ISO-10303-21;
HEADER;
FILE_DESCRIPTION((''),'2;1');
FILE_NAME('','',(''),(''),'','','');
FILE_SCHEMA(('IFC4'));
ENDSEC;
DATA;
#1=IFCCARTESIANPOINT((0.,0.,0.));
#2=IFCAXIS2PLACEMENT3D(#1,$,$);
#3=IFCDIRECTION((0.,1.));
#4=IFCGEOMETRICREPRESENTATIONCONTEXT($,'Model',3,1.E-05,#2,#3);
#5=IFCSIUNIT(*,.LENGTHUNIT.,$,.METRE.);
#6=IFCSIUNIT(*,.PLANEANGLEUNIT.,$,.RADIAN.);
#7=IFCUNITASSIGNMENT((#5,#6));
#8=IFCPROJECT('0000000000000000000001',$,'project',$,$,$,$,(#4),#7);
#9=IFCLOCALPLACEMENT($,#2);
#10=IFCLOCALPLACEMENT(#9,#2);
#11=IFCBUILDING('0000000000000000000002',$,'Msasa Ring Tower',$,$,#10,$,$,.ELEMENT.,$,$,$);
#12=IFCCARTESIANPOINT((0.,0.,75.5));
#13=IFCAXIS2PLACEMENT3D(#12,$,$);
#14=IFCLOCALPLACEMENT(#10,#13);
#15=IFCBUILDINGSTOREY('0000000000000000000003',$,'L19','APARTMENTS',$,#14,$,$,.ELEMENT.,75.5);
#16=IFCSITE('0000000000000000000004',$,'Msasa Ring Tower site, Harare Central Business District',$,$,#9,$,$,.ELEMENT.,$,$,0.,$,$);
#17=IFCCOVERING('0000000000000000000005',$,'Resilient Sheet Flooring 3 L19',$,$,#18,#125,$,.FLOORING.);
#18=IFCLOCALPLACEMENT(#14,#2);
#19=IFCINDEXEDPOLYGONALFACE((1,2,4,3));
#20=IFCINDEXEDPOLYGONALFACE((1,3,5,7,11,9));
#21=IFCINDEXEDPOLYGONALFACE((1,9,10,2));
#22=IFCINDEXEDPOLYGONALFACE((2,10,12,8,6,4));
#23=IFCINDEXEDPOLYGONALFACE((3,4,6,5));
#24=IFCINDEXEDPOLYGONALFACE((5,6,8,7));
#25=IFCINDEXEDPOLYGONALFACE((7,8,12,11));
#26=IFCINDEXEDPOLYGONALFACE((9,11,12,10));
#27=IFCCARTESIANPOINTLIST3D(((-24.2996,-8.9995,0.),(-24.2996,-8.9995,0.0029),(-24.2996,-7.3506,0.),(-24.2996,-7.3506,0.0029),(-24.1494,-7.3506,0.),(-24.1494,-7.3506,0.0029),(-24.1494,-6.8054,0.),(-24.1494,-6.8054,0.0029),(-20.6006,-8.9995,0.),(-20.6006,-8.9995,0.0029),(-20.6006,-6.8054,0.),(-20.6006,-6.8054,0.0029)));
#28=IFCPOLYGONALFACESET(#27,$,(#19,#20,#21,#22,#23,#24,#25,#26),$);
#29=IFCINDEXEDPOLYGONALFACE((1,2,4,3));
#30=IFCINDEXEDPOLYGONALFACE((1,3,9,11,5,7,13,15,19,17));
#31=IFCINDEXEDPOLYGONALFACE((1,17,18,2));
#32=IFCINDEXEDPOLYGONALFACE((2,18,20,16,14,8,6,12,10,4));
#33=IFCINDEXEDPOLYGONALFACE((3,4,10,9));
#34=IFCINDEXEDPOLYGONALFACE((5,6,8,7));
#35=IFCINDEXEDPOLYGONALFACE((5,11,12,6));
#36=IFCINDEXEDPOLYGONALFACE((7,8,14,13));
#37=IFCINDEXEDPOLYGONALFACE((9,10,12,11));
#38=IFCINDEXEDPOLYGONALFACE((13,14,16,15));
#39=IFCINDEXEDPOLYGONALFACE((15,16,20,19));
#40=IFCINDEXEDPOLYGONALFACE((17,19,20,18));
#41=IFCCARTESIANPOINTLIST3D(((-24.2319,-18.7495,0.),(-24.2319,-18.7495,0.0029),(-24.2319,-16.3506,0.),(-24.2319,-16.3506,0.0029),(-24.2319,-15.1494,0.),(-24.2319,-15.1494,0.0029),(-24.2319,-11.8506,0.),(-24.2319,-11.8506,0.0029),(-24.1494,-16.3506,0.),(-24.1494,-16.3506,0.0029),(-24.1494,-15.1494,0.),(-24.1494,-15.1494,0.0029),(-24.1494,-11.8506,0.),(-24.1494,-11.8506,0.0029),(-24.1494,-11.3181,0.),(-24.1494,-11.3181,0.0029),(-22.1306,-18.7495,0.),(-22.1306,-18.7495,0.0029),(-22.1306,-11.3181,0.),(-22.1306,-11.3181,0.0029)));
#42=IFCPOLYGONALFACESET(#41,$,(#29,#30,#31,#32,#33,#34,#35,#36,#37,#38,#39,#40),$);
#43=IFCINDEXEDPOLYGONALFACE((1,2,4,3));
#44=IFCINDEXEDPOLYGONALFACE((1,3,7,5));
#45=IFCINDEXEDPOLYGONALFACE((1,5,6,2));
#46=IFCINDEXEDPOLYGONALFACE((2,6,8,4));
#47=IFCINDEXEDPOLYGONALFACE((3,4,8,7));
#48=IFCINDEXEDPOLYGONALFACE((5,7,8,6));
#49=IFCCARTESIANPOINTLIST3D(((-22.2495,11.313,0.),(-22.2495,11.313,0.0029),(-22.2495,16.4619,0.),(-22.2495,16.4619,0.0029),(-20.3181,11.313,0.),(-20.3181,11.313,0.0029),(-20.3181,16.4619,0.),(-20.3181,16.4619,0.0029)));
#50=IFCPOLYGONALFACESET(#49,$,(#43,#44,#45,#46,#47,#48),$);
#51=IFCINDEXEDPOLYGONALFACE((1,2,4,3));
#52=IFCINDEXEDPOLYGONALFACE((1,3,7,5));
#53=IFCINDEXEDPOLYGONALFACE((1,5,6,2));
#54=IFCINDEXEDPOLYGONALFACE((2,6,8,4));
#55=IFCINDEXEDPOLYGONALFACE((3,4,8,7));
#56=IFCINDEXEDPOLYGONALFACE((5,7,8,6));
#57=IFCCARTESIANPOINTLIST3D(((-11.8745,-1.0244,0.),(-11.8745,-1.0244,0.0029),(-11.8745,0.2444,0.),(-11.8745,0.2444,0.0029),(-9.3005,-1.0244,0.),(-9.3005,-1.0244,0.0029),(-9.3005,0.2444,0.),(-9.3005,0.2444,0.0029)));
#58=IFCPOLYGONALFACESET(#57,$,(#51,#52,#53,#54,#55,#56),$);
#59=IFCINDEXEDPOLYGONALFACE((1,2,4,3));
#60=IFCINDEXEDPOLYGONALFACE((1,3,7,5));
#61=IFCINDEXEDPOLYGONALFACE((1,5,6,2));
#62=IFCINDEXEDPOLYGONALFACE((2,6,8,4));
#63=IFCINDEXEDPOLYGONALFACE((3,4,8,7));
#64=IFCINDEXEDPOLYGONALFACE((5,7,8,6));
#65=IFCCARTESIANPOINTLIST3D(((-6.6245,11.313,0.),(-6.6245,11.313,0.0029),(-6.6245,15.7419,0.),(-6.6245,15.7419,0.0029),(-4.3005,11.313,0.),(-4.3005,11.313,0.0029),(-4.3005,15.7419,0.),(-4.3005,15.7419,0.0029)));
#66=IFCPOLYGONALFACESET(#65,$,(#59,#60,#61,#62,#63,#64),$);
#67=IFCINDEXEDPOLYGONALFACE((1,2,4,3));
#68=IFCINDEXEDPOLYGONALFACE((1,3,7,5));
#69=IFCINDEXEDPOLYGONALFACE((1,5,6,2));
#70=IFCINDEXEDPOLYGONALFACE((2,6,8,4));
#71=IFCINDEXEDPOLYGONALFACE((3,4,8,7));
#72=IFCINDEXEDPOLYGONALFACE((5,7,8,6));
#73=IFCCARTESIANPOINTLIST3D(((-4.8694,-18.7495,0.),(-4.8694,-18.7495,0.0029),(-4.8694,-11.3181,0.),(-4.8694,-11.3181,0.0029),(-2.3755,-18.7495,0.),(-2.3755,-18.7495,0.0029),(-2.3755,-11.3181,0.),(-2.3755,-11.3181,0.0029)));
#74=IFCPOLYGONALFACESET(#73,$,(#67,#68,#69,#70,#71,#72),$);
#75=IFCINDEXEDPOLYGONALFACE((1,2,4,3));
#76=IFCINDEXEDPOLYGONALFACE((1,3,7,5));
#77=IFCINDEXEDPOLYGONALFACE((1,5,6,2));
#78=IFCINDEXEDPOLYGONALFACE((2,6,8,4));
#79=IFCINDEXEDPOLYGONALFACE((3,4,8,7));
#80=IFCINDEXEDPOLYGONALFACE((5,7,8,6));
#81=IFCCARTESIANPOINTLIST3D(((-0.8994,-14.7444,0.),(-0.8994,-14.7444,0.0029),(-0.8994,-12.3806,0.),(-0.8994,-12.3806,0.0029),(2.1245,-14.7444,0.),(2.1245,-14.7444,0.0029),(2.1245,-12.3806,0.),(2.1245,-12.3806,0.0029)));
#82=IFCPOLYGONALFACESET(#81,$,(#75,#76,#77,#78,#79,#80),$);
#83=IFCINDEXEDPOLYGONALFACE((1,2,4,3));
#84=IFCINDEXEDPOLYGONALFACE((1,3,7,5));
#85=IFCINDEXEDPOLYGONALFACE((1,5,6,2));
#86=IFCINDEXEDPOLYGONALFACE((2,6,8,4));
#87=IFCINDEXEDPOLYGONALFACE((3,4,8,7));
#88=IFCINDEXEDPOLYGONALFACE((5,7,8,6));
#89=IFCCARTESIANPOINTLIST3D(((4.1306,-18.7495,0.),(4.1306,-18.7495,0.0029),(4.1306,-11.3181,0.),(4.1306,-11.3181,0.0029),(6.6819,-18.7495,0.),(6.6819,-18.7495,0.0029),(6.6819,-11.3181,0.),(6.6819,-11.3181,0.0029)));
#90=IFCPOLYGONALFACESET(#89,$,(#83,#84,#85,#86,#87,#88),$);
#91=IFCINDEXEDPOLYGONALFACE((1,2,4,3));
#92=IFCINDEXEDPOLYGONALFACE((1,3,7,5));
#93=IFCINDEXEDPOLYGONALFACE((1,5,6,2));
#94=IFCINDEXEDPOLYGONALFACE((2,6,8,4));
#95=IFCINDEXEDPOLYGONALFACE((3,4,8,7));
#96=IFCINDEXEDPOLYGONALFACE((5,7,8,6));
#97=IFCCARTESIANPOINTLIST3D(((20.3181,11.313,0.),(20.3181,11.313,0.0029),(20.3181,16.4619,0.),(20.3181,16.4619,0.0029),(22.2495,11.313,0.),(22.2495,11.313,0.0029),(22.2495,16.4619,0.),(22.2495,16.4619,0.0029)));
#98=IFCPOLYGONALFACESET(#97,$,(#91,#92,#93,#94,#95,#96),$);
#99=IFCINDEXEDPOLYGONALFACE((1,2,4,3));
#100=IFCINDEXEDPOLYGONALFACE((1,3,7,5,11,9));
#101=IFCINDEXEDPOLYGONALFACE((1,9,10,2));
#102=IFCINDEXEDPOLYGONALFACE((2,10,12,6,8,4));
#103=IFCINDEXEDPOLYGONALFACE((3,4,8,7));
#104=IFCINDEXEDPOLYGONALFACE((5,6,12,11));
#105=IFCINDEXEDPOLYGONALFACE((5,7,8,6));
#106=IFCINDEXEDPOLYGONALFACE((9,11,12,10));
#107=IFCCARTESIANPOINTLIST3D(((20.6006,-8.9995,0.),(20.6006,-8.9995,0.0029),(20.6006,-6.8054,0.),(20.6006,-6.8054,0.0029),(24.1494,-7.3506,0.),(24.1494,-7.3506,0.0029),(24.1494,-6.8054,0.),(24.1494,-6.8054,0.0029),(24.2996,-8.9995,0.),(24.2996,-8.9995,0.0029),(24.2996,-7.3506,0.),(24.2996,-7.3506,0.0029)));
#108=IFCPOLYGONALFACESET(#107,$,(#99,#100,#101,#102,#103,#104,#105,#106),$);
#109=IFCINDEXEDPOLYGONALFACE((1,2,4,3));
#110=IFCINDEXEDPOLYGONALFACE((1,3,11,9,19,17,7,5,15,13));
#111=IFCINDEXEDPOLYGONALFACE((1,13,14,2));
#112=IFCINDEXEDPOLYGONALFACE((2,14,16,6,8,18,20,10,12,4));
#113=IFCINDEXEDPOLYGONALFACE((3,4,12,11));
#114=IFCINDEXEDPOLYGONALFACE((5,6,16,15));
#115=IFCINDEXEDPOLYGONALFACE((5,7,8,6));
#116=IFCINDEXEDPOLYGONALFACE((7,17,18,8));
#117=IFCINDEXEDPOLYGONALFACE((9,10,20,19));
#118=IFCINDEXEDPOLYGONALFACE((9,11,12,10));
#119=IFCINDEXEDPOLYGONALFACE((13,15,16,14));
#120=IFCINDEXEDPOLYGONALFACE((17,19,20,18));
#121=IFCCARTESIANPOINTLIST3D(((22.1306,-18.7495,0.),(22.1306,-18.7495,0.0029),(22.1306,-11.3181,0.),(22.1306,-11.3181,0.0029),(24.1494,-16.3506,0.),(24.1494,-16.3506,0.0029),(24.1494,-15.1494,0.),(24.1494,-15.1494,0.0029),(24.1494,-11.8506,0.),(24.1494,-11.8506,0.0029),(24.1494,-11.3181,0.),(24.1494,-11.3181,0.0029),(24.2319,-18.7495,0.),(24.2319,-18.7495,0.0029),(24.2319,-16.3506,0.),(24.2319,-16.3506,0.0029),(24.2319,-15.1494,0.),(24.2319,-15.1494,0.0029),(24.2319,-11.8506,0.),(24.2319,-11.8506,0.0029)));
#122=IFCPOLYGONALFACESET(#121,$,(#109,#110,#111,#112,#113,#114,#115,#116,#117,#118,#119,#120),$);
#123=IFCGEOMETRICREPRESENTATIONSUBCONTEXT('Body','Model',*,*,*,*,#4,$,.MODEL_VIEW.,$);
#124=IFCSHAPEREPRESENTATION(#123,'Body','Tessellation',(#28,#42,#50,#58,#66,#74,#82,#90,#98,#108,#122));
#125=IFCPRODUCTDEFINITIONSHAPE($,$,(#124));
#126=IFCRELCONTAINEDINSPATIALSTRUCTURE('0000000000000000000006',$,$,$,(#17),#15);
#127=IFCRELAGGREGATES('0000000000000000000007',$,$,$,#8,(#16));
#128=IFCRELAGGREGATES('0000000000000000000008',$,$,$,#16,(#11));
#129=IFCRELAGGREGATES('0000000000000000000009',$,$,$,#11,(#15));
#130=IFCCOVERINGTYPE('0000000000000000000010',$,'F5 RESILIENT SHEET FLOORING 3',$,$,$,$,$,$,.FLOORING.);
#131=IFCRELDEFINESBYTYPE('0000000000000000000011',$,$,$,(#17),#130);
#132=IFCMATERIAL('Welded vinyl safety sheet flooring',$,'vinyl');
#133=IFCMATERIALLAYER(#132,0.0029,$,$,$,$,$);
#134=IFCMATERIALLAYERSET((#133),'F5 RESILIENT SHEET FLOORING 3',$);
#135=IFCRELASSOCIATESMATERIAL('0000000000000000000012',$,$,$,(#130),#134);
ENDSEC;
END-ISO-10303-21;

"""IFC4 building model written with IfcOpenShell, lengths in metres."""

from ifc_helpers import new_model, si_unit, direction, frame, origin, place, context, subcontext, project, spatial, line, indexed_curve, outline, extrude, material, layer, layer_set, type_object, element, save


model = new_model("IFC4")

# Units and contexts
model_context = context("Model", 3, precision=1e-05, world=origin(), true_north=direction((0.0, 1.0)))
body_context = subcontext(model_context, "Body", "Model", "MODEL_VIEW")
ifc_project = project(units=[si_unit("LENGTHUNIT", "METRE"), si_unit("PLANEANGLEUNIT", "RADIAN")], contexts=[model_context])

# Site, building, storey
site_placement = place(None, origin())
site = spatial("IfcSite", under=ifc_project, at=site_placement, Name="Msasa Ring Tower site, Harare Central Business District", CompositionType="ELEMENT", RefElevation=0.0)
building_placement = place(site_placement, origin())
building = spatial("IfcBuilding", under=site, at=building_placement, Name="Msasa Ring Tower", CompositionType="ELEMENT")
storey_placement = place(building_placement, frame((0.0, 0.0, 75.5)))
storey = spatial("IfcBuildingStorey", under=building, at=storey_placement, Name="L19", Description="APARTMENTS", CompositionType="ELEMENT", Elevation=75.5)

# Covering
ifc_material_1 = material(Name="Welded vinyl safety sheet flooring", Category="vinyl")
ifc_layer_1 = layer(ifc_material_1, 0.0029)
ifc_layer_set_1 = layer_set([ifc_layer_1], Name="F5 RESILIENT SHEET FLOORING 3")
covering_type_1 = type_object("IfcCoveringType", Name="F5 RESILIENT SHEET FLOORING 3", PredefinedType="FLOORING", material=ifc_layer_set_1)
covering_1_placement = place(storey_placement, origin())
element("IfcCovering", 1, at=covering_1_placement, inside=storey, type_object=covering_type_1, Name="Resilient Sheet Flooring 3 L19", PredefinedType="FLOORING", context=body_context, shape_type="SweptSolid", body=[
    extrude(outline(indexed_curve([(-20.6006, -8.9995), (-24.2996, -8.9995), (-24.2996, -7.3506), (-24.1494, -7.3506), (-24.1494, -6.8054), (-20.6006, -6.8054)], segments=[line(1, 2, 3, 4, 5, 6, 1)], self_intersect=False)), origin(), (0.0, 0.0, 1.0), 0.0029),
    extrude(outline(indexed_curve([(-24.2319, -16.3506), (-24.1494, -16.3506), (-24.1494, -15.1494), (-24.2319, -15.1494), (-24.2319, -11.8506), (-24.1494, -11.8506), (-24.1494, -11.3181), (-22.1306, -11.3181), (-22.1306, -18.7495), (-24.2319, -18.7495)], segments=[line(1, 2, 3, 4, 5, 6, 7, 8, 9, 10, 1)], self_intersect=False)), origin(), (0.0, 0.0, 1.0), 0.0029),
    extrude(outline(indexed_curve([(-22.2495, 16.4619), (-20.3181, 16.4619), (-20.3181, 11.313), (-22.2495, 11.313)], segments=[line(1, 2, 3, 4, 1)], self_intersect=False)), origin(), (0.0, 0.0, 1.0), 0.0029),
    extrude(outline(indexed_curve([(-9.3005, 0.2444), (-9.3005, -1.0244), (-11.8745, -1.0244), (-11.8745, 0.2444)], segments=[line(1, 2, 3, 4, 1)], self_intersect=False)), origin(), (0.0, 0.0, 1.0), 0.0029),
    extrude(outline(indexed_curve([(-4.3005, 15.7419), (-4.3005, 11.313), (-6.6245, 11.313), (-6.6245, 15.7419)], segments=[line(1, 2, 3, 4, 1)], self_intersect=False)), origin(), (0.0, 0.0, 1.0), 0.0029),
    extrude(outline(indexed_curve([(-4.8694, -11.3181), (-2.3755, -11.3181), (-2.3755, -18.7495), (-4.8694, -18.7495)], segments=[line(1, 2, 3, 4, 1)], self_intersect=False)), origin(), (0.0, 0.0, 1.0), 0.0029),
    extrude(outline(indexed_curve([(2.1245, -12.3806), (2.1245, -14.7444), (-0.8994, -14.7444), (-0.8994, -12.3806)], segments=[line(1, 2, 3, 4, 1)], self_intersect=False)), origin(), (0.0, 0.0, 1.0), 0.0029),
    extrude(outline(indexed_curve([(6.6819, -11.3181), (6.6819, -18.7495), (4.1306, -18.7495), (4.1306, -11.3181)], segments=[line(1, 2, 3, 4, 1)], self_intersect=False)), origin(), (0.0, 0.0, 1.0), 0.0029),
    extrude(outline(indexed_curve([(22.2495, 16.4619), (22.2495, 11.313), (20.3181, 11.313), (20.3181, 16.4619)], segments=[line(1, 2, 3, 4, 1)], self_intersect=False)), origin(), (0.0, 0.0, 1.0), 0.0029),
    extrude(outline(indexed_curve([(20.6006, -6.8054), (24.1494, -6.8054), (24.1494, -7.3506), (24.2996, -7.3506), (24.2996, -8.9995), (20.6006, -8.9995)], segments=[line(1, 2, 3, 4, 5, 6, 1)], self_intersect=False)), origin(), (0.0, 0.0, 1.0), 0.0029),
    extrude(outline(indexed_curve([(24.1494, -11.3181), (24.1494, -11.8506), (24.2319, -11.8506), (24.2319, -15.1494), (24.1494, -15.1494), (24.1494, -16.3506), (24.2319, -16.3506), (24.2319, -18.7495), (22.1306, -18.7495), (22.1306, -11.3181)], segments=[line(1, 2, 3, 4, 5, 6, 7, 8, 9, 10, 1)], self_intersect=False)), origin(), (0.0, 0.0, 1.0), 0.0029),
])

save(model, "model.ifc")
